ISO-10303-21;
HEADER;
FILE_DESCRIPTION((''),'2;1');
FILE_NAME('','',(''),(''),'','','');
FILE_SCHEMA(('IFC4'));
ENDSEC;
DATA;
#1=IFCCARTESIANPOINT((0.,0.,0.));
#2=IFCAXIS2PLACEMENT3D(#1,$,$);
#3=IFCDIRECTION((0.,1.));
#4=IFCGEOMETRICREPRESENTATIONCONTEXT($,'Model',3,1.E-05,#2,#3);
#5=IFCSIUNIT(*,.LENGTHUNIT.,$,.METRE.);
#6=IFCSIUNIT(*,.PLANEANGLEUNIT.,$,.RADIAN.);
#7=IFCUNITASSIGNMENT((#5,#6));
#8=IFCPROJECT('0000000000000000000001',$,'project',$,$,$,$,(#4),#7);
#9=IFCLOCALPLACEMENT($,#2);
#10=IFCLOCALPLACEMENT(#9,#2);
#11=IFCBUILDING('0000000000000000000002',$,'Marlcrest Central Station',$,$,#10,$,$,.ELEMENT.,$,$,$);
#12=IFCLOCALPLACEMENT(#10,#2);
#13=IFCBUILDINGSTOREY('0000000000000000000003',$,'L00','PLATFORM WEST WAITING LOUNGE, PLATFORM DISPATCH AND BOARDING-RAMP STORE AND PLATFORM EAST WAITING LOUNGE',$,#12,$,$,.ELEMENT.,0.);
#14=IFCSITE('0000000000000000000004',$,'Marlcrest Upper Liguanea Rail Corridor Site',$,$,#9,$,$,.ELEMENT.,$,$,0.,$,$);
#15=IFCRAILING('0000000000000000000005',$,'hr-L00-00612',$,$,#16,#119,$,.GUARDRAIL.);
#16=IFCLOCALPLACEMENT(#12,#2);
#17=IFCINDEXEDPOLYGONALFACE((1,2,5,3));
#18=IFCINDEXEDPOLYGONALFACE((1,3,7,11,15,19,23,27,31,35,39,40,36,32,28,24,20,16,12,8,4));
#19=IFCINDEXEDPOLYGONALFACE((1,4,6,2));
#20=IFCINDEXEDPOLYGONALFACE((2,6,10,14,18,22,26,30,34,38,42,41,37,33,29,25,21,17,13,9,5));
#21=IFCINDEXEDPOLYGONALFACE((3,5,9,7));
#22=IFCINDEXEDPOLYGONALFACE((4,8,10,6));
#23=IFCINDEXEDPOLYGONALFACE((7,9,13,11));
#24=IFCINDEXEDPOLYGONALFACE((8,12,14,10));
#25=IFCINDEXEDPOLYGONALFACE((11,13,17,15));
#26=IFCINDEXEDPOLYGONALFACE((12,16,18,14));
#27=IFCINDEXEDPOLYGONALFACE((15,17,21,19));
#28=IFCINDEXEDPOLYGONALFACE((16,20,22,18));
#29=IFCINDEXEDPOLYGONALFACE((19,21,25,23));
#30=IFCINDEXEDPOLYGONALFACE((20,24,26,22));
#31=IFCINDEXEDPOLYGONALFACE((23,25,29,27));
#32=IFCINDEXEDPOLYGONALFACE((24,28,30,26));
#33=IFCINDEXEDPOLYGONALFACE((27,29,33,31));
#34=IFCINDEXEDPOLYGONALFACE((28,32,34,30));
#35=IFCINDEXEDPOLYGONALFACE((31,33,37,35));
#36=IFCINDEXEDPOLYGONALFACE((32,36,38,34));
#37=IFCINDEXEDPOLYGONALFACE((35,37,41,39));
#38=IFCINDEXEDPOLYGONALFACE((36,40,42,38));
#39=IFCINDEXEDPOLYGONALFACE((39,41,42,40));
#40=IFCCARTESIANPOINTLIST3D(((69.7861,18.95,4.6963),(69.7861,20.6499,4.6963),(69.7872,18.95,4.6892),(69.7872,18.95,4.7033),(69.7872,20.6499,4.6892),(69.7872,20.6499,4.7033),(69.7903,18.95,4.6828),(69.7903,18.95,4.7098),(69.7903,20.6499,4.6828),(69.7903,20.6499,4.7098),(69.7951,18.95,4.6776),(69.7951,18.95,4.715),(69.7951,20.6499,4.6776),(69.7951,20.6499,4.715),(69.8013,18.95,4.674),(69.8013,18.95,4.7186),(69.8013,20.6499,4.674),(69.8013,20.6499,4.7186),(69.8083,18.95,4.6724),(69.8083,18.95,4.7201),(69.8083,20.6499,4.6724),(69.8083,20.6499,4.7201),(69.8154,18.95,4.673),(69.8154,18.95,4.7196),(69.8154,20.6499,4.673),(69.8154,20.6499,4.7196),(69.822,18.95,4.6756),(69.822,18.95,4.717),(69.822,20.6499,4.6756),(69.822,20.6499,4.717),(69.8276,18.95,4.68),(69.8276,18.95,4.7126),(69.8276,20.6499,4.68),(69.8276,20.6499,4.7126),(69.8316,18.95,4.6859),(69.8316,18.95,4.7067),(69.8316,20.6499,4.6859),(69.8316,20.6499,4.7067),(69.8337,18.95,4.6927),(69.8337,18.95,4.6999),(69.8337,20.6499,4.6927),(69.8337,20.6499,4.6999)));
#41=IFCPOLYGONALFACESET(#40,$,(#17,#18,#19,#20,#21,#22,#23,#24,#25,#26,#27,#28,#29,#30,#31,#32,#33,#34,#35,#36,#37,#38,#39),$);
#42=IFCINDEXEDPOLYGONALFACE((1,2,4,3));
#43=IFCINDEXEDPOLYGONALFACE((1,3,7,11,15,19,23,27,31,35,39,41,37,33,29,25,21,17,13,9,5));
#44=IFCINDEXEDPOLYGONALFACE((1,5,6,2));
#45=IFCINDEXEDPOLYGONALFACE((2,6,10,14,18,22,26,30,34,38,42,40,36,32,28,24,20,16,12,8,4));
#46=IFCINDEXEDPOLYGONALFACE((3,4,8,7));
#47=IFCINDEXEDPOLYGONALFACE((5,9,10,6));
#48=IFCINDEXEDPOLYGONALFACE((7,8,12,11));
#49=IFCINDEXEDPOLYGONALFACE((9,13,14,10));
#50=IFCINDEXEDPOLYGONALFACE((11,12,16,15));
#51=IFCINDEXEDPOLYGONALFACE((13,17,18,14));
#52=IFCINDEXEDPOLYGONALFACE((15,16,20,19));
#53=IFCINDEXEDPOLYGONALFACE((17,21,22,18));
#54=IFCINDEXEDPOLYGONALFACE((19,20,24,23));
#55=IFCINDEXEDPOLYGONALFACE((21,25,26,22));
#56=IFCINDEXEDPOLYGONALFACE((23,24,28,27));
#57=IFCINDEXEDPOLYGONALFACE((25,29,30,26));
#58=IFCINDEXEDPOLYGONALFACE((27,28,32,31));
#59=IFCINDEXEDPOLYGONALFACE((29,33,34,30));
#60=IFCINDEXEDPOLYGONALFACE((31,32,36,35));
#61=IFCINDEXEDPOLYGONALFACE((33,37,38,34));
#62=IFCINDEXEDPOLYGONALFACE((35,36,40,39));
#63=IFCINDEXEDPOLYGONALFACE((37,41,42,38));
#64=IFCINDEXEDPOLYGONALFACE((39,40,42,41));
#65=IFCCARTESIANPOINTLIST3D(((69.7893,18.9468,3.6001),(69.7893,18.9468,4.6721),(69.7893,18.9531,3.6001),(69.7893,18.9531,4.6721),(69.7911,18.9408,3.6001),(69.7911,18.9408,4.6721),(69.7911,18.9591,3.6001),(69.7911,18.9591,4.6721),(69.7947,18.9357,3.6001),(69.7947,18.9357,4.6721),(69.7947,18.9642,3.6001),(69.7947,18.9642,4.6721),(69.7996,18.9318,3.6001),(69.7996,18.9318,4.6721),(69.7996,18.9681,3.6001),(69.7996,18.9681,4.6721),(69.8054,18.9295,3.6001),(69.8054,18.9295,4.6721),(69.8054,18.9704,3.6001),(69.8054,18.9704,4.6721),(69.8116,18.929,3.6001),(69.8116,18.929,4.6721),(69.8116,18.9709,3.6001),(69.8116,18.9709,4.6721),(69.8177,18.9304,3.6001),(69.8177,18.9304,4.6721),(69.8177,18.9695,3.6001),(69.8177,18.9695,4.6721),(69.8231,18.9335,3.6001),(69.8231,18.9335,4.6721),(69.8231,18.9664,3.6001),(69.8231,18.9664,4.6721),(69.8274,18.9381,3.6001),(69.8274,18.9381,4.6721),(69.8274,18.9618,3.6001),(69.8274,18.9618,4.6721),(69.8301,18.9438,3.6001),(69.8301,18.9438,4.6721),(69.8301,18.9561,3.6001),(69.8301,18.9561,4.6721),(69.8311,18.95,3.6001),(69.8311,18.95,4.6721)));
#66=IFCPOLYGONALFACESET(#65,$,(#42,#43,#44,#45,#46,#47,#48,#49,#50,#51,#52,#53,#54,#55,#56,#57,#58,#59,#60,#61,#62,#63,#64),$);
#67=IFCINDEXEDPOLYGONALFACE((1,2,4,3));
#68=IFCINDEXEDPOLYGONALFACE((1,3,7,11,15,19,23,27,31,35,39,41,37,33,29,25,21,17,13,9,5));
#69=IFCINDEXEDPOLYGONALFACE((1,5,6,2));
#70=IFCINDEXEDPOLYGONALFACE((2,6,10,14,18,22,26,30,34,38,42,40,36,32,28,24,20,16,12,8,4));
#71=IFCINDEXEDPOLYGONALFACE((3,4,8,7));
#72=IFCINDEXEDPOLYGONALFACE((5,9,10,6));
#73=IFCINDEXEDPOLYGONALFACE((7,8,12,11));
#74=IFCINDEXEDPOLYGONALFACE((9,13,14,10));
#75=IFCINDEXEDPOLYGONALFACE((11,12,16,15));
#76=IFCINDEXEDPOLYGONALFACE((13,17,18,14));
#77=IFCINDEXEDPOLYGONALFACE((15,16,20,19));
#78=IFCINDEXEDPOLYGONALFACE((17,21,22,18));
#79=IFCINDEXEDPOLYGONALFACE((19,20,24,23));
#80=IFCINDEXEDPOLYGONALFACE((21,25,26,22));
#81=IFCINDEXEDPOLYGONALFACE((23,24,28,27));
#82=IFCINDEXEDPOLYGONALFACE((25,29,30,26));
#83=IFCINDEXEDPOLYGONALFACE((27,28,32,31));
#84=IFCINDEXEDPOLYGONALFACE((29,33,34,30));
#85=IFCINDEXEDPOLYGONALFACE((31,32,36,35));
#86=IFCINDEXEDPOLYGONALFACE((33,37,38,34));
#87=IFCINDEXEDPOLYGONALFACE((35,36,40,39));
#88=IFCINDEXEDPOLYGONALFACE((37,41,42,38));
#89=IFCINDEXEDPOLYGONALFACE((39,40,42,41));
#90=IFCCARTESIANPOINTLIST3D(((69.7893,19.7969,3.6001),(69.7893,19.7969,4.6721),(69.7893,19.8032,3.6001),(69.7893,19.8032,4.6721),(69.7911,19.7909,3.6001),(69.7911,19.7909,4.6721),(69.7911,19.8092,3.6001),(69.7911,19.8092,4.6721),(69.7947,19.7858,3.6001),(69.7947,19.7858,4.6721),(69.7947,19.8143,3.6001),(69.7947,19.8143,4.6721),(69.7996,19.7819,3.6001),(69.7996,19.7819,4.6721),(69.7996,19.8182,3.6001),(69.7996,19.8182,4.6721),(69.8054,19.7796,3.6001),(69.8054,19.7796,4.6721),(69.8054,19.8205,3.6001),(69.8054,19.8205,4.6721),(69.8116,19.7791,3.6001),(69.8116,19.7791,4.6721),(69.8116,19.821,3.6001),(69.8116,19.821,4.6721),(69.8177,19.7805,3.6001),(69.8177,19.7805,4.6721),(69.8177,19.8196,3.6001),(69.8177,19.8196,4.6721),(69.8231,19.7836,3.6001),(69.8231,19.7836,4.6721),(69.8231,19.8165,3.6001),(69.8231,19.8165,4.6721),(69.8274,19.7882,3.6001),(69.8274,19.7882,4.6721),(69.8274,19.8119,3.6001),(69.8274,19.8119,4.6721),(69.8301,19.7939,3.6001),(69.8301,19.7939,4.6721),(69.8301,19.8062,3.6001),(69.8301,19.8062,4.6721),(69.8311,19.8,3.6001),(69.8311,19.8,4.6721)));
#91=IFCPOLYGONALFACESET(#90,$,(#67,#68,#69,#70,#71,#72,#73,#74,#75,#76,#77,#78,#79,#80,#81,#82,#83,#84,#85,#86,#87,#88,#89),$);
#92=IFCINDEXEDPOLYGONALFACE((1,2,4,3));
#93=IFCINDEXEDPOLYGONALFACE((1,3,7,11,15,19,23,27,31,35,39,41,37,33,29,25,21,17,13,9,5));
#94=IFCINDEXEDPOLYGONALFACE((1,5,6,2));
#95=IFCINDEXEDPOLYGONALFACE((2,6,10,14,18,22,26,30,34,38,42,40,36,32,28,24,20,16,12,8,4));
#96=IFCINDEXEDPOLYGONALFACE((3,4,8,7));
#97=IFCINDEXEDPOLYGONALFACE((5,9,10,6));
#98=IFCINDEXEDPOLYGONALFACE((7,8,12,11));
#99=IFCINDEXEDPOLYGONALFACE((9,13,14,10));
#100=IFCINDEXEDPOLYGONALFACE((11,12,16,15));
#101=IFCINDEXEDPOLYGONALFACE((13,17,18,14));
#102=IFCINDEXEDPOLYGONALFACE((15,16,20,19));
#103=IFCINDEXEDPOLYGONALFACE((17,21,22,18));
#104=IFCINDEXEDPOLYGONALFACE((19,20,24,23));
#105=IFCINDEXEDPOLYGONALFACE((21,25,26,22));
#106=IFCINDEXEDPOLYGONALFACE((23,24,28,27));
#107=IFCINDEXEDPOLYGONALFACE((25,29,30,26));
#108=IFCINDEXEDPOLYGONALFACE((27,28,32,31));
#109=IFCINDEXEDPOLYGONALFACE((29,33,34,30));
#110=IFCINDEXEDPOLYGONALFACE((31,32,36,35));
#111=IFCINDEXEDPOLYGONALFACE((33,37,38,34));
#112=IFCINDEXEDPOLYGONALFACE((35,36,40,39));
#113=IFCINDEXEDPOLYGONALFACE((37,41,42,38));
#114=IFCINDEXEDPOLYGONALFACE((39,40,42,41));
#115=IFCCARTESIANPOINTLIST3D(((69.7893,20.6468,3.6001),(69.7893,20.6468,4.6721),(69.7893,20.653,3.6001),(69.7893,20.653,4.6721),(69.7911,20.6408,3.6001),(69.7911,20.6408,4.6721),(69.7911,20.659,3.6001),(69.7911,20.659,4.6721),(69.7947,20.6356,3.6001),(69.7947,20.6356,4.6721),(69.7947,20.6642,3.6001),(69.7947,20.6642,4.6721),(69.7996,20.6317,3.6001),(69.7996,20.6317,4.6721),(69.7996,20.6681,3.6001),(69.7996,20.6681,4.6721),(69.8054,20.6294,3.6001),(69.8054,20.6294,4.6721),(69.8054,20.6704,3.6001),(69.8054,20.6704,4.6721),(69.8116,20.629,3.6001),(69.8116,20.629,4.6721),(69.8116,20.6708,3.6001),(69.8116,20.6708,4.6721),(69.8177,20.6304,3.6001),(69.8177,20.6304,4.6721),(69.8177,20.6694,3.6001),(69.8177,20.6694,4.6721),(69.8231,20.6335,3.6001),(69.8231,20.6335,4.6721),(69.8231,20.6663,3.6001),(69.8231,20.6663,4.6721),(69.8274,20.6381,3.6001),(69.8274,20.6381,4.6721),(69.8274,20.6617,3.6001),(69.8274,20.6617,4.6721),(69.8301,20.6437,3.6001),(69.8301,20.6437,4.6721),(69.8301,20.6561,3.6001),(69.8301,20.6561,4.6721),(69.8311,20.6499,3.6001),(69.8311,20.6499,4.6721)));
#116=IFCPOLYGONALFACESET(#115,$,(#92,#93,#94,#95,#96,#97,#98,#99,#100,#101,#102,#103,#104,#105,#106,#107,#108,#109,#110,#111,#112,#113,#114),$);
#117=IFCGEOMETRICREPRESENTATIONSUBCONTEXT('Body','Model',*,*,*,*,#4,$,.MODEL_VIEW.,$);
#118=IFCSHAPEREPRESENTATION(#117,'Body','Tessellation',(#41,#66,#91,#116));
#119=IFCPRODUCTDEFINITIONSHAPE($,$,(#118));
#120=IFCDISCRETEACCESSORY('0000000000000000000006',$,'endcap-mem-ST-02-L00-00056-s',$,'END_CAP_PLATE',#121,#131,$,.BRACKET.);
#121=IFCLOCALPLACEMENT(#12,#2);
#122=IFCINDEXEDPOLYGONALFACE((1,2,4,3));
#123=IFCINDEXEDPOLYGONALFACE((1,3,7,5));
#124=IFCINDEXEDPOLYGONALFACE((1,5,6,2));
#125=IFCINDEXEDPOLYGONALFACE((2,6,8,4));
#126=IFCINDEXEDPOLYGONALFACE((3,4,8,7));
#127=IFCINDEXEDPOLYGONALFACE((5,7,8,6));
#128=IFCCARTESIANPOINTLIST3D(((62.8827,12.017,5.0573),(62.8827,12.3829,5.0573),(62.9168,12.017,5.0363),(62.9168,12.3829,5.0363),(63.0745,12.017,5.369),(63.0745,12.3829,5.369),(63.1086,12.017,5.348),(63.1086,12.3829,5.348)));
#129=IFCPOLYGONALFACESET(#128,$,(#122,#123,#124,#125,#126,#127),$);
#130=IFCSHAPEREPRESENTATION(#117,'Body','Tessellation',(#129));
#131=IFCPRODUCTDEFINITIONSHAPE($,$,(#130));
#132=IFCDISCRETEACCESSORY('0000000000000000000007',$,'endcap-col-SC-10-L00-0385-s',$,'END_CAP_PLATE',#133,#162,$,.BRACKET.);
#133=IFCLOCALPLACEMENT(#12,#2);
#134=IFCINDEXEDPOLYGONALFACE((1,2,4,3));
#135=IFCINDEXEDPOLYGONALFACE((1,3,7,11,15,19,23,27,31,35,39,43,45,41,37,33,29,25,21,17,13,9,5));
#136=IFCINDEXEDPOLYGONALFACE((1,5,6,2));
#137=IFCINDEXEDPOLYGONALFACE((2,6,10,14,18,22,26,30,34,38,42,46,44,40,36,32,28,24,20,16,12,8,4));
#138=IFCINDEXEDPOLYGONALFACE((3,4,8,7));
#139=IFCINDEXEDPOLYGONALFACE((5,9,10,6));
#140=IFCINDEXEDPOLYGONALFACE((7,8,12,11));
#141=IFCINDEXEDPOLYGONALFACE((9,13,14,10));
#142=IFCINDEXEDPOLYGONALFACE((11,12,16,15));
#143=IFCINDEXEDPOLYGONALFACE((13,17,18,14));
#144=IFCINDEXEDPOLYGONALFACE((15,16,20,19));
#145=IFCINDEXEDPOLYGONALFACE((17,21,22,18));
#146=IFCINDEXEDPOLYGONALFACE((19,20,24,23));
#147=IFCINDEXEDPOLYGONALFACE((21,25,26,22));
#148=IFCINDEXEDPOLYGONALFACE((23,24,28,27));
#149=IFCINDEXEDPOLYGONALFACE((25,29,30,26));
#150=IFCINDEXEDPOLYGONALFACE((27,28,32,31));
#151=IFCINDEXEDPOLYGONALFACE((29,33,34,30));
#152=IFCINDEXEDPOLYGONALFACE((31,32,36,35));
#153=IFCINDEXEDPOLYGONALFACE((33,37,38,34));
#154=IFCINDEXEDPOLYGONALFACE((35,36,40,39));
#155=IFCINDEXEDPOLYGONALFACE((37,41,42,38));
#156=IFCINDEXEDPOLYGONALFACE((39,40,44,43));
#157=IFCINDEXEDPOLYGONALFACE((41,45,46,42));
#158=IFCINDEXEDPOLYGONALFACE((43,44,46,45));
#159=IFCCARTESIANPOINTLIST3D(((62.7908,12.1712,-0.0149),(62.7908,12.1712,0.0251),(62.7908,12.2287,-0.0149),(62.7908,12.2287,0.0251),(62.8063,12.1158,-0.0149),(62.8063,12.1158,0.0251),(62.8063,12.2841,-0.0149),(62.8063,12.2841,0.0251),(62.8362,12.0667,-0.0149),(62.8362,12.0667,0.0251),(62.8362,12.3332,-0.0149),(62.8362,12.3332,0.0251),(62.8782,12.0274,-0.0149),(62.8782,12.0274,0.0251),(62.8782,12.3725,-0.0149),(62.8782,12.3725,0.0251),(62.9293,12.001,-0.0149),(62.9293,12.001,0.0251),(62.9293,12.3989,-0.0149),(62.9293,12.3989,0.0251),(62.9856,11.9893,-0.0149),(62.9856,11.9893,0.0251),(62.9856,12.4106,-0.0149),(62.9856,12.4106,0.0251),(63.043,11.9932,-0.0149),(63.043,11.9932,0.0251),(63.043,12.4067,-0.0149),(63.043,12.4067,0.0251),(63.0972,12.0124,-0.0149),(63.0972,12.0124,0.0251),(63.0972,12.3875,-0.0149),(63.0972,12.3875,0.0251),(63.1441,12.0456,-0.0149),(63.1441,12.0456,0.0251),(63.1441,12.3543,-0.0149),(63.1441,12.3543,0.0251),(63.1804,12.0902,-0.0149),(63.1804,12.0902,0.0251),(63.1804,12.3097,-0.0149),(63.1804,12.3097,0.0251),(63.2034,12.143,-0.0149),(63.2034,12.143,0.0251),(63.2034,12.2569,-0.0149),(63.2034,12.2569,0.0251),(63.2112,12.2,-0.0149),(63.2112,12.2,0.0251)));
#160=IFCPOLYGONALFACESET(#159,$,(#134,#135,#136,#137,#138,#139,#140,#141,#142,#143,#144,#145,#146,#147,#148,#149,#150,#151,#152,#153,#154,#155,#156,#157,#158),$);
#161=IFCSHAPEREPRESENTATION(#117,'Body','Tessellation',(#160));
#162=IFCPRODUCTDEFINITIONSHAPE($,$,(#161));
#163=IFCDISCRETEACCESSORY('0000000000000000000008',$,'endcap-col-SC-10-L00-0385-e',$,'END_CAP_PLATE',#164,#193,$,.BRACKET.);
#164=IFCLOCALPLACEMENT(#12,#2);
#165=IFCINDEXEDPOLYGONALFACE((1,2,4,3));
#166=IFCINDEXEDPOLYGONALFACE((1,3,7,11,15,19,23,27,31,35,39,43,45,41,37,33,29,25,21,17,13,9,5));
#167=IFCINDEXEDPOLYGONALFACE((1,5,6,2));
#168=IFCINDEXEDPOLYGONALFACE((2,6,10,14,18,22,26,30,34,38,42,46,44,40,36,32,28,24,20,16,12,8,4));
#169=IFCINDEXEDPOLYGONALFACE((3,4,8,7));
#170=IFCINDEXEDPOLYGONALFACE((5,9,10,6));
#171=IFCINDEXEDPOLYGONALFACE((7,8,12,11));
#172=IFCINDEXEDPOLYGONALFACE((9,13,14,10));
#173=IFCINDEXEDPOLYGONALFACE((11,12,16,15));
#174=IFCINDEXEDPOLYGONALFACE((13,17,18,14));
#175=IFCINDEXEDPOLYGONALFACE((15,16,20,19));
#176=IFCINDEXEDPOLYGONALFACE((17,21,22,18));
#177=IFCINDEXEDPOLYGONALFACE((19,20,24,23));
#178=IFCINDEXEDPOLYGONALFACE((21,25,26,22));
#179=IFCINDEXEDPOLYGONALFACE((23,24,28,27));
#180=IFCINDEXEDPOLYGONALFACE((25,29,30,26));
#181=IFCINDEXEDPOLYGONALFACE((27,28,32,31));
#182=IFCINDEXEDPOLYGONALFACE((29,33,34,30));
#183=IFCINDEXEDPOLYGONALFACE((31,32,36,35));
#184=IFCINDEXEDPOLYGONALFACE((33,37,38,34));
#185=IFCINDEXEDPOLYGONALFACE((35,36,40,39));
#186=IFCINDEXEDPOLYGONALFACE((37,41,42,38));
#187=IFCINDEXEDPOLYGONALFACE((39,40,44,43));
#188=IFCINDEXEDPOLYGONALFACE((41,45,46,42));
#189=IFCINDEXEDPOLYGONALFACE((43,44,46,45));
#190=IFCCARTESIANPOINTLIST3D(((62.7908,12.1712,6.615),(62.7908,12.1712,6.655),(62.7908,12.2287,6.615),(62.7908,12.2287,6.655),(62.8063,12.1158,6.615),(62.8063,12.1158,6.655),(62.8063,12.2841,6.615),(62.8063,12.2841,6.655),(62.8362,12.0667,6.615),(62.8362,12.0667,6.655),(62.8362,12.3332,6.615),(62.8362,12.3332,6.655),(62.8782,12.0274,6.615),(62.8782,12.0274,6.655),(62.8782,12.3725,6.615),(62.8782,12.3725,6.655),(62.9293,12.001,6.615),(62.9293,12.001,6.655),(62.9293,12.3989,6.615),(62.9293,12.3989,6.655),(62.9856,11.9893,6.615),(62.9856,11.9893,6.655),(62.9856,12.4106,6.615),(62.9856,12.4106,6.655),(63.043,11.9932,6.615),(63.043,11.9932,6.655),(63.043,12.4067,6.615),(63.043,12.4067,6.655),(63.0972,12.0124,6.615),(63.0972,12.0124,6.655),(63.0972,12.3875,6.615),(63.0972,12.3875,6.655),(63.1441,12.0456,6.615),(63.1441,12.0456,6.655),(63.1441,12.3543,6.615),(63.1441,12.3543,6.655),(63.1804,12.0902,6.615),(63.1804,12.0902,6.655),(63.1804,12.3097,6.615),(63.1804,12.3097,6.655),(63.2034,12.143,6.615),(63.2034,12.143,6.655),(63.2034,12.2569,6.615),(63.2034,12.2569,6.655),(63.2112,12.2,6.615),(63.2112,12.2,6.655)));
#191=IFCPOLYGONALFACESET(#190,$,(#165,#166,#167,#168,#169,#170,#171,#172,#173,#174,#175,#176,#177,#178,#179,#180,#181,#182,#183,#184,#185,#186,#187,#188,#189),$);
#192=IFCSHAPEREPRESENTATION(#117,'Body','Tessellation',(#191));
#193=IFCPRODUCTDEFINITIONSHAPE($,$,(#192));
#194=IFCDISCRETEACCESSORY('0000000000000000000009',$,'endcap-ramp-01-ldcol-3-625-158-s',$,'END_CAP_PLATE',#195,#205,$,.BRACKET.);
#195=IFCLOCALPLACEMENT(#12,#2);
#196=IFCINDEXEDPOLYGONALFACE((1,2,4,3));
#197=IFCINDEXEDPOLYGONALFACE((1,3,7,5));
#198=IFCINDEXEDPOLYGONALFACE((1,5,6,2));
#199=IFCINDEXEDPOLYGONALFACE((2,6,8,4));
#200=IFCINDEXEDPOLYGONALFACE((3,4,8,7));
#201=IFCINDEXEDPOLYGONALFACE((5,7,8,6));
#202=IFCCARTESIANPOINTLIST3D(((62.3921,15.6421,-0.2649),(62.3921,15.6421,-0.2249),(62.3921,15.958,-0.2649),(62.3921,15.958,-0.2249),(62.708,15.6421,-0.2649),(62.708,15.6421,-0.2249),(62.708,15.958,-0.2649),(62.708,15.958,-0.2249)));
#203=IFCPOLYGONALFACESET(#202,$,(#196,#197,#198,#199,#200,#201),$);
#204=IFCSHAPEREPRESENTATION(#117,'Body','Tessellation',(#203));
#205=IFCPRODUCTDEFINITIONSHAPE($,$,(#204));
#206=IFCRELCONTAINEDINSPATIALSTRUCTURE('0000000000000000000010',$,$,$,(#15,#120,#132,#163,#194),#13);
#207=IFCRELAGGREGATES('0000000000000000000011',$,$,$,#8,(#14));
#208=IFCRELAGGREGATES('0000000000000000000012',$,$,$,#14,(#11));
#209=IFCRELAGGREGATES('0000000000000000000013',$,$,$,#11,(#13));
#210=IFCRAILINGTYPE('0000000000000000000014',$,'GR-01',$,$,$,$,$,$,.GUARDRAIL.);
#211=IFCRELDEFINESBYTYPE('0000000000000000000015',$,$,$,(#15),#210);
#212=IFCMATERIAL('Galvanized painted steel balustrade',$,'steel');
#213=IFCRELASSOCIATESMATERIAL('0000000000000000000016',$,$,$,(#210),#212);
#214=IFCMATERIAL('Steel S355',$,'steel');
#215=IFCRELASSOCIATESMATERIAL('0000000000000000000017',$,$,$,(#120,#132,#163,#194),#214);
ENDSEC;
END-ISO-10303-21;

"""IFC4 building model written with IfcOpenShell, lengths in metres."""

from ifc_helpers import new_model, si_unit, direction, frame, origin, origin_2d, place, context, subcontext, project, spatial, rectangle, circle, extrude, material, type_object, element, save


model = new_model("IFC4")

# Units and contexts
model_context = context("Model", 3, precision=1e-05, world=origin(), true_north=direction((0.0, 1.0)))
body_context = subcontext(model_context, "Body", "Model", "MODEL_VIEW")
ifc_project = project(units=[si_unit("LENGTHUNIT", "METRE"), si_unit("PLANEANGLEUNIT", "RADIAN")], contexts=[model_context])

# Site, building, storey
site_placement = place(None, origin())
site = spatial("IfcSite", under=ifc_project, at=site_placement, Name="Marlcrest Upper Liguanea Rail Corridor Site", CompositionType="ELEMENT", RefElevation=0.0)
building_placement = place(site_placement, origin())
building = spatial("IfcBuilding", under=site, at=building_placement, Name="Marlcrest Central Station", CompositionType="ELEMENT")
storey_placement = place(building_placement, origin())
storey = spatial("IfcBuildingStorey", under=building, at=storey_placement, Name="L00", Description="PLATFORM WEST WAITING LOUNGE, PLATFORM DISPATCH AND BOARDING-RAMP STORE AND PLATFORM EAST WAITING LOUNGE", CompositionType="ELEMENT", Elevation=0.0)

# Shared definitions
ifc_material_1 = material(Name="Steel S355", Category="steel")

# Railing
ifc_material_2 = material(Name="Galvanized painted steel balustrade", Category="steel")
railing_type = type_object("IfcRailingType", Name="GR-01", PredefinedType="GUARDRAIL", material=ifc_material_2)
railing_1_placement = place(storey_placement, frame((69.8101, 18.95, 3.6001)))
element("IfcRailing", 1, at=railing_1_placement, inside=storey, type_object=railing_type, Name="hr-L00-00612", PredefinedType="GUARDRAIL", context=body_context, shape_type="SweptSolid", body=[
    extrude(circle(Radius=0.0239, at=origin_2d()), frame((0.0, 0.0, 1.0962), z_axis=(0.0, 1.0, 0.0), x_axis=(-1.0, 0.0, 0.0)), (0.0, 0.0, 1.0), 1.7),
    extrude(circle(Radius=0.021, at=origin_2d()), origin(), (0.0, 0.0, 1.0), 1.072),
    extrude(circle(Radius=0.021, at=origin_2d()), frame((0.0, 0.8501, 0.0)), (0.0, 0.0, 1.0), 1.072),
    extrude(circle(Radius=0.021, at=origin_2d()), frame((0.0, 1.7, 0.0)), (0.0, 0.0, 1.0), 1.072),
])

# Discrete accessories
discrete_accessory_placement = place(storey_placement, frame((63.0127, 12.2, 5.1921), z_axis=(-0.851592, 0.0, 0.524206), x_axis=(0.0, -1.0, 0.0)))
element("IfcDiscreteAccessory", 2, at=discrete_accessory_placement, inside=storey, material=ifc_material_1, Name="endcap-mem-ST-02-L00-00056-s", ObjectType="END_CAP_PLATE", PredefinedType="BRACKET", context=body_context, shape_type="SweptSolid", body=[
    extrude(rectangle(XDim=0.366, YDim=0.366, at=origin_2d()), origin(), (0.0, 0.0, 1.0), 0.04),
])
for number, where, z_axis, x_axis, name in (
    (3, (63.0, 12.2, -0.0149), (0.0, 0.0, 1.0), (1.0, 0.0, 0.0), "endcap-col-SC-10-L00-0385-s"),
    (4, (63.0, 12.2, 6.615), (0.0, 0.0, 1.0), (1.0, 0.0, 0.0), "endcap-col-SC-10-L00-0385-e"),
):
    element("IfcDiscreteAccessory", number, at=place(storey_placement, frame(where, z_axis=z_axis, x_axis=x_axis)), inside=storey, material=ifc_material_1, Name=name, ObjectType="END_CAP_PLATE", PredefinedType="BRACKET", context=body_context, shape_type="SweptSolid", body=[
        extrude(circle(Radius=0.2112, at=origin_2d()), origin(), (0.0, 0.0, 1.0), 0.04),
    ])
for number, where, z_axis, x_axis, name in (
    (5, (62.55, 15.8, -0.2649), (0.0, 0.0, 1.0), (1.0, 0.0, 0.0), "endcap-ramp-01-ldcol-3-625-158-s"),
):
    element("IfcDiscreteAccessory", number, at=place(storey_placement, frame(where, z_axis=z_axis, x_axis=x_axis)), inside=storey, material=ifc_material_1, Name=name, ObjectType="END_CAP_PLATE", PredefinedType="BRACKET", context=body_context, shape_type="SweptSolid", body=[
        extrude(rectangle(XDim=0.3159, YDim=0.3159, at=origin_2d()), origin(), (0.0, 0.0, 1.0), 0.04),
    ])

save(model, "model.ifc")
